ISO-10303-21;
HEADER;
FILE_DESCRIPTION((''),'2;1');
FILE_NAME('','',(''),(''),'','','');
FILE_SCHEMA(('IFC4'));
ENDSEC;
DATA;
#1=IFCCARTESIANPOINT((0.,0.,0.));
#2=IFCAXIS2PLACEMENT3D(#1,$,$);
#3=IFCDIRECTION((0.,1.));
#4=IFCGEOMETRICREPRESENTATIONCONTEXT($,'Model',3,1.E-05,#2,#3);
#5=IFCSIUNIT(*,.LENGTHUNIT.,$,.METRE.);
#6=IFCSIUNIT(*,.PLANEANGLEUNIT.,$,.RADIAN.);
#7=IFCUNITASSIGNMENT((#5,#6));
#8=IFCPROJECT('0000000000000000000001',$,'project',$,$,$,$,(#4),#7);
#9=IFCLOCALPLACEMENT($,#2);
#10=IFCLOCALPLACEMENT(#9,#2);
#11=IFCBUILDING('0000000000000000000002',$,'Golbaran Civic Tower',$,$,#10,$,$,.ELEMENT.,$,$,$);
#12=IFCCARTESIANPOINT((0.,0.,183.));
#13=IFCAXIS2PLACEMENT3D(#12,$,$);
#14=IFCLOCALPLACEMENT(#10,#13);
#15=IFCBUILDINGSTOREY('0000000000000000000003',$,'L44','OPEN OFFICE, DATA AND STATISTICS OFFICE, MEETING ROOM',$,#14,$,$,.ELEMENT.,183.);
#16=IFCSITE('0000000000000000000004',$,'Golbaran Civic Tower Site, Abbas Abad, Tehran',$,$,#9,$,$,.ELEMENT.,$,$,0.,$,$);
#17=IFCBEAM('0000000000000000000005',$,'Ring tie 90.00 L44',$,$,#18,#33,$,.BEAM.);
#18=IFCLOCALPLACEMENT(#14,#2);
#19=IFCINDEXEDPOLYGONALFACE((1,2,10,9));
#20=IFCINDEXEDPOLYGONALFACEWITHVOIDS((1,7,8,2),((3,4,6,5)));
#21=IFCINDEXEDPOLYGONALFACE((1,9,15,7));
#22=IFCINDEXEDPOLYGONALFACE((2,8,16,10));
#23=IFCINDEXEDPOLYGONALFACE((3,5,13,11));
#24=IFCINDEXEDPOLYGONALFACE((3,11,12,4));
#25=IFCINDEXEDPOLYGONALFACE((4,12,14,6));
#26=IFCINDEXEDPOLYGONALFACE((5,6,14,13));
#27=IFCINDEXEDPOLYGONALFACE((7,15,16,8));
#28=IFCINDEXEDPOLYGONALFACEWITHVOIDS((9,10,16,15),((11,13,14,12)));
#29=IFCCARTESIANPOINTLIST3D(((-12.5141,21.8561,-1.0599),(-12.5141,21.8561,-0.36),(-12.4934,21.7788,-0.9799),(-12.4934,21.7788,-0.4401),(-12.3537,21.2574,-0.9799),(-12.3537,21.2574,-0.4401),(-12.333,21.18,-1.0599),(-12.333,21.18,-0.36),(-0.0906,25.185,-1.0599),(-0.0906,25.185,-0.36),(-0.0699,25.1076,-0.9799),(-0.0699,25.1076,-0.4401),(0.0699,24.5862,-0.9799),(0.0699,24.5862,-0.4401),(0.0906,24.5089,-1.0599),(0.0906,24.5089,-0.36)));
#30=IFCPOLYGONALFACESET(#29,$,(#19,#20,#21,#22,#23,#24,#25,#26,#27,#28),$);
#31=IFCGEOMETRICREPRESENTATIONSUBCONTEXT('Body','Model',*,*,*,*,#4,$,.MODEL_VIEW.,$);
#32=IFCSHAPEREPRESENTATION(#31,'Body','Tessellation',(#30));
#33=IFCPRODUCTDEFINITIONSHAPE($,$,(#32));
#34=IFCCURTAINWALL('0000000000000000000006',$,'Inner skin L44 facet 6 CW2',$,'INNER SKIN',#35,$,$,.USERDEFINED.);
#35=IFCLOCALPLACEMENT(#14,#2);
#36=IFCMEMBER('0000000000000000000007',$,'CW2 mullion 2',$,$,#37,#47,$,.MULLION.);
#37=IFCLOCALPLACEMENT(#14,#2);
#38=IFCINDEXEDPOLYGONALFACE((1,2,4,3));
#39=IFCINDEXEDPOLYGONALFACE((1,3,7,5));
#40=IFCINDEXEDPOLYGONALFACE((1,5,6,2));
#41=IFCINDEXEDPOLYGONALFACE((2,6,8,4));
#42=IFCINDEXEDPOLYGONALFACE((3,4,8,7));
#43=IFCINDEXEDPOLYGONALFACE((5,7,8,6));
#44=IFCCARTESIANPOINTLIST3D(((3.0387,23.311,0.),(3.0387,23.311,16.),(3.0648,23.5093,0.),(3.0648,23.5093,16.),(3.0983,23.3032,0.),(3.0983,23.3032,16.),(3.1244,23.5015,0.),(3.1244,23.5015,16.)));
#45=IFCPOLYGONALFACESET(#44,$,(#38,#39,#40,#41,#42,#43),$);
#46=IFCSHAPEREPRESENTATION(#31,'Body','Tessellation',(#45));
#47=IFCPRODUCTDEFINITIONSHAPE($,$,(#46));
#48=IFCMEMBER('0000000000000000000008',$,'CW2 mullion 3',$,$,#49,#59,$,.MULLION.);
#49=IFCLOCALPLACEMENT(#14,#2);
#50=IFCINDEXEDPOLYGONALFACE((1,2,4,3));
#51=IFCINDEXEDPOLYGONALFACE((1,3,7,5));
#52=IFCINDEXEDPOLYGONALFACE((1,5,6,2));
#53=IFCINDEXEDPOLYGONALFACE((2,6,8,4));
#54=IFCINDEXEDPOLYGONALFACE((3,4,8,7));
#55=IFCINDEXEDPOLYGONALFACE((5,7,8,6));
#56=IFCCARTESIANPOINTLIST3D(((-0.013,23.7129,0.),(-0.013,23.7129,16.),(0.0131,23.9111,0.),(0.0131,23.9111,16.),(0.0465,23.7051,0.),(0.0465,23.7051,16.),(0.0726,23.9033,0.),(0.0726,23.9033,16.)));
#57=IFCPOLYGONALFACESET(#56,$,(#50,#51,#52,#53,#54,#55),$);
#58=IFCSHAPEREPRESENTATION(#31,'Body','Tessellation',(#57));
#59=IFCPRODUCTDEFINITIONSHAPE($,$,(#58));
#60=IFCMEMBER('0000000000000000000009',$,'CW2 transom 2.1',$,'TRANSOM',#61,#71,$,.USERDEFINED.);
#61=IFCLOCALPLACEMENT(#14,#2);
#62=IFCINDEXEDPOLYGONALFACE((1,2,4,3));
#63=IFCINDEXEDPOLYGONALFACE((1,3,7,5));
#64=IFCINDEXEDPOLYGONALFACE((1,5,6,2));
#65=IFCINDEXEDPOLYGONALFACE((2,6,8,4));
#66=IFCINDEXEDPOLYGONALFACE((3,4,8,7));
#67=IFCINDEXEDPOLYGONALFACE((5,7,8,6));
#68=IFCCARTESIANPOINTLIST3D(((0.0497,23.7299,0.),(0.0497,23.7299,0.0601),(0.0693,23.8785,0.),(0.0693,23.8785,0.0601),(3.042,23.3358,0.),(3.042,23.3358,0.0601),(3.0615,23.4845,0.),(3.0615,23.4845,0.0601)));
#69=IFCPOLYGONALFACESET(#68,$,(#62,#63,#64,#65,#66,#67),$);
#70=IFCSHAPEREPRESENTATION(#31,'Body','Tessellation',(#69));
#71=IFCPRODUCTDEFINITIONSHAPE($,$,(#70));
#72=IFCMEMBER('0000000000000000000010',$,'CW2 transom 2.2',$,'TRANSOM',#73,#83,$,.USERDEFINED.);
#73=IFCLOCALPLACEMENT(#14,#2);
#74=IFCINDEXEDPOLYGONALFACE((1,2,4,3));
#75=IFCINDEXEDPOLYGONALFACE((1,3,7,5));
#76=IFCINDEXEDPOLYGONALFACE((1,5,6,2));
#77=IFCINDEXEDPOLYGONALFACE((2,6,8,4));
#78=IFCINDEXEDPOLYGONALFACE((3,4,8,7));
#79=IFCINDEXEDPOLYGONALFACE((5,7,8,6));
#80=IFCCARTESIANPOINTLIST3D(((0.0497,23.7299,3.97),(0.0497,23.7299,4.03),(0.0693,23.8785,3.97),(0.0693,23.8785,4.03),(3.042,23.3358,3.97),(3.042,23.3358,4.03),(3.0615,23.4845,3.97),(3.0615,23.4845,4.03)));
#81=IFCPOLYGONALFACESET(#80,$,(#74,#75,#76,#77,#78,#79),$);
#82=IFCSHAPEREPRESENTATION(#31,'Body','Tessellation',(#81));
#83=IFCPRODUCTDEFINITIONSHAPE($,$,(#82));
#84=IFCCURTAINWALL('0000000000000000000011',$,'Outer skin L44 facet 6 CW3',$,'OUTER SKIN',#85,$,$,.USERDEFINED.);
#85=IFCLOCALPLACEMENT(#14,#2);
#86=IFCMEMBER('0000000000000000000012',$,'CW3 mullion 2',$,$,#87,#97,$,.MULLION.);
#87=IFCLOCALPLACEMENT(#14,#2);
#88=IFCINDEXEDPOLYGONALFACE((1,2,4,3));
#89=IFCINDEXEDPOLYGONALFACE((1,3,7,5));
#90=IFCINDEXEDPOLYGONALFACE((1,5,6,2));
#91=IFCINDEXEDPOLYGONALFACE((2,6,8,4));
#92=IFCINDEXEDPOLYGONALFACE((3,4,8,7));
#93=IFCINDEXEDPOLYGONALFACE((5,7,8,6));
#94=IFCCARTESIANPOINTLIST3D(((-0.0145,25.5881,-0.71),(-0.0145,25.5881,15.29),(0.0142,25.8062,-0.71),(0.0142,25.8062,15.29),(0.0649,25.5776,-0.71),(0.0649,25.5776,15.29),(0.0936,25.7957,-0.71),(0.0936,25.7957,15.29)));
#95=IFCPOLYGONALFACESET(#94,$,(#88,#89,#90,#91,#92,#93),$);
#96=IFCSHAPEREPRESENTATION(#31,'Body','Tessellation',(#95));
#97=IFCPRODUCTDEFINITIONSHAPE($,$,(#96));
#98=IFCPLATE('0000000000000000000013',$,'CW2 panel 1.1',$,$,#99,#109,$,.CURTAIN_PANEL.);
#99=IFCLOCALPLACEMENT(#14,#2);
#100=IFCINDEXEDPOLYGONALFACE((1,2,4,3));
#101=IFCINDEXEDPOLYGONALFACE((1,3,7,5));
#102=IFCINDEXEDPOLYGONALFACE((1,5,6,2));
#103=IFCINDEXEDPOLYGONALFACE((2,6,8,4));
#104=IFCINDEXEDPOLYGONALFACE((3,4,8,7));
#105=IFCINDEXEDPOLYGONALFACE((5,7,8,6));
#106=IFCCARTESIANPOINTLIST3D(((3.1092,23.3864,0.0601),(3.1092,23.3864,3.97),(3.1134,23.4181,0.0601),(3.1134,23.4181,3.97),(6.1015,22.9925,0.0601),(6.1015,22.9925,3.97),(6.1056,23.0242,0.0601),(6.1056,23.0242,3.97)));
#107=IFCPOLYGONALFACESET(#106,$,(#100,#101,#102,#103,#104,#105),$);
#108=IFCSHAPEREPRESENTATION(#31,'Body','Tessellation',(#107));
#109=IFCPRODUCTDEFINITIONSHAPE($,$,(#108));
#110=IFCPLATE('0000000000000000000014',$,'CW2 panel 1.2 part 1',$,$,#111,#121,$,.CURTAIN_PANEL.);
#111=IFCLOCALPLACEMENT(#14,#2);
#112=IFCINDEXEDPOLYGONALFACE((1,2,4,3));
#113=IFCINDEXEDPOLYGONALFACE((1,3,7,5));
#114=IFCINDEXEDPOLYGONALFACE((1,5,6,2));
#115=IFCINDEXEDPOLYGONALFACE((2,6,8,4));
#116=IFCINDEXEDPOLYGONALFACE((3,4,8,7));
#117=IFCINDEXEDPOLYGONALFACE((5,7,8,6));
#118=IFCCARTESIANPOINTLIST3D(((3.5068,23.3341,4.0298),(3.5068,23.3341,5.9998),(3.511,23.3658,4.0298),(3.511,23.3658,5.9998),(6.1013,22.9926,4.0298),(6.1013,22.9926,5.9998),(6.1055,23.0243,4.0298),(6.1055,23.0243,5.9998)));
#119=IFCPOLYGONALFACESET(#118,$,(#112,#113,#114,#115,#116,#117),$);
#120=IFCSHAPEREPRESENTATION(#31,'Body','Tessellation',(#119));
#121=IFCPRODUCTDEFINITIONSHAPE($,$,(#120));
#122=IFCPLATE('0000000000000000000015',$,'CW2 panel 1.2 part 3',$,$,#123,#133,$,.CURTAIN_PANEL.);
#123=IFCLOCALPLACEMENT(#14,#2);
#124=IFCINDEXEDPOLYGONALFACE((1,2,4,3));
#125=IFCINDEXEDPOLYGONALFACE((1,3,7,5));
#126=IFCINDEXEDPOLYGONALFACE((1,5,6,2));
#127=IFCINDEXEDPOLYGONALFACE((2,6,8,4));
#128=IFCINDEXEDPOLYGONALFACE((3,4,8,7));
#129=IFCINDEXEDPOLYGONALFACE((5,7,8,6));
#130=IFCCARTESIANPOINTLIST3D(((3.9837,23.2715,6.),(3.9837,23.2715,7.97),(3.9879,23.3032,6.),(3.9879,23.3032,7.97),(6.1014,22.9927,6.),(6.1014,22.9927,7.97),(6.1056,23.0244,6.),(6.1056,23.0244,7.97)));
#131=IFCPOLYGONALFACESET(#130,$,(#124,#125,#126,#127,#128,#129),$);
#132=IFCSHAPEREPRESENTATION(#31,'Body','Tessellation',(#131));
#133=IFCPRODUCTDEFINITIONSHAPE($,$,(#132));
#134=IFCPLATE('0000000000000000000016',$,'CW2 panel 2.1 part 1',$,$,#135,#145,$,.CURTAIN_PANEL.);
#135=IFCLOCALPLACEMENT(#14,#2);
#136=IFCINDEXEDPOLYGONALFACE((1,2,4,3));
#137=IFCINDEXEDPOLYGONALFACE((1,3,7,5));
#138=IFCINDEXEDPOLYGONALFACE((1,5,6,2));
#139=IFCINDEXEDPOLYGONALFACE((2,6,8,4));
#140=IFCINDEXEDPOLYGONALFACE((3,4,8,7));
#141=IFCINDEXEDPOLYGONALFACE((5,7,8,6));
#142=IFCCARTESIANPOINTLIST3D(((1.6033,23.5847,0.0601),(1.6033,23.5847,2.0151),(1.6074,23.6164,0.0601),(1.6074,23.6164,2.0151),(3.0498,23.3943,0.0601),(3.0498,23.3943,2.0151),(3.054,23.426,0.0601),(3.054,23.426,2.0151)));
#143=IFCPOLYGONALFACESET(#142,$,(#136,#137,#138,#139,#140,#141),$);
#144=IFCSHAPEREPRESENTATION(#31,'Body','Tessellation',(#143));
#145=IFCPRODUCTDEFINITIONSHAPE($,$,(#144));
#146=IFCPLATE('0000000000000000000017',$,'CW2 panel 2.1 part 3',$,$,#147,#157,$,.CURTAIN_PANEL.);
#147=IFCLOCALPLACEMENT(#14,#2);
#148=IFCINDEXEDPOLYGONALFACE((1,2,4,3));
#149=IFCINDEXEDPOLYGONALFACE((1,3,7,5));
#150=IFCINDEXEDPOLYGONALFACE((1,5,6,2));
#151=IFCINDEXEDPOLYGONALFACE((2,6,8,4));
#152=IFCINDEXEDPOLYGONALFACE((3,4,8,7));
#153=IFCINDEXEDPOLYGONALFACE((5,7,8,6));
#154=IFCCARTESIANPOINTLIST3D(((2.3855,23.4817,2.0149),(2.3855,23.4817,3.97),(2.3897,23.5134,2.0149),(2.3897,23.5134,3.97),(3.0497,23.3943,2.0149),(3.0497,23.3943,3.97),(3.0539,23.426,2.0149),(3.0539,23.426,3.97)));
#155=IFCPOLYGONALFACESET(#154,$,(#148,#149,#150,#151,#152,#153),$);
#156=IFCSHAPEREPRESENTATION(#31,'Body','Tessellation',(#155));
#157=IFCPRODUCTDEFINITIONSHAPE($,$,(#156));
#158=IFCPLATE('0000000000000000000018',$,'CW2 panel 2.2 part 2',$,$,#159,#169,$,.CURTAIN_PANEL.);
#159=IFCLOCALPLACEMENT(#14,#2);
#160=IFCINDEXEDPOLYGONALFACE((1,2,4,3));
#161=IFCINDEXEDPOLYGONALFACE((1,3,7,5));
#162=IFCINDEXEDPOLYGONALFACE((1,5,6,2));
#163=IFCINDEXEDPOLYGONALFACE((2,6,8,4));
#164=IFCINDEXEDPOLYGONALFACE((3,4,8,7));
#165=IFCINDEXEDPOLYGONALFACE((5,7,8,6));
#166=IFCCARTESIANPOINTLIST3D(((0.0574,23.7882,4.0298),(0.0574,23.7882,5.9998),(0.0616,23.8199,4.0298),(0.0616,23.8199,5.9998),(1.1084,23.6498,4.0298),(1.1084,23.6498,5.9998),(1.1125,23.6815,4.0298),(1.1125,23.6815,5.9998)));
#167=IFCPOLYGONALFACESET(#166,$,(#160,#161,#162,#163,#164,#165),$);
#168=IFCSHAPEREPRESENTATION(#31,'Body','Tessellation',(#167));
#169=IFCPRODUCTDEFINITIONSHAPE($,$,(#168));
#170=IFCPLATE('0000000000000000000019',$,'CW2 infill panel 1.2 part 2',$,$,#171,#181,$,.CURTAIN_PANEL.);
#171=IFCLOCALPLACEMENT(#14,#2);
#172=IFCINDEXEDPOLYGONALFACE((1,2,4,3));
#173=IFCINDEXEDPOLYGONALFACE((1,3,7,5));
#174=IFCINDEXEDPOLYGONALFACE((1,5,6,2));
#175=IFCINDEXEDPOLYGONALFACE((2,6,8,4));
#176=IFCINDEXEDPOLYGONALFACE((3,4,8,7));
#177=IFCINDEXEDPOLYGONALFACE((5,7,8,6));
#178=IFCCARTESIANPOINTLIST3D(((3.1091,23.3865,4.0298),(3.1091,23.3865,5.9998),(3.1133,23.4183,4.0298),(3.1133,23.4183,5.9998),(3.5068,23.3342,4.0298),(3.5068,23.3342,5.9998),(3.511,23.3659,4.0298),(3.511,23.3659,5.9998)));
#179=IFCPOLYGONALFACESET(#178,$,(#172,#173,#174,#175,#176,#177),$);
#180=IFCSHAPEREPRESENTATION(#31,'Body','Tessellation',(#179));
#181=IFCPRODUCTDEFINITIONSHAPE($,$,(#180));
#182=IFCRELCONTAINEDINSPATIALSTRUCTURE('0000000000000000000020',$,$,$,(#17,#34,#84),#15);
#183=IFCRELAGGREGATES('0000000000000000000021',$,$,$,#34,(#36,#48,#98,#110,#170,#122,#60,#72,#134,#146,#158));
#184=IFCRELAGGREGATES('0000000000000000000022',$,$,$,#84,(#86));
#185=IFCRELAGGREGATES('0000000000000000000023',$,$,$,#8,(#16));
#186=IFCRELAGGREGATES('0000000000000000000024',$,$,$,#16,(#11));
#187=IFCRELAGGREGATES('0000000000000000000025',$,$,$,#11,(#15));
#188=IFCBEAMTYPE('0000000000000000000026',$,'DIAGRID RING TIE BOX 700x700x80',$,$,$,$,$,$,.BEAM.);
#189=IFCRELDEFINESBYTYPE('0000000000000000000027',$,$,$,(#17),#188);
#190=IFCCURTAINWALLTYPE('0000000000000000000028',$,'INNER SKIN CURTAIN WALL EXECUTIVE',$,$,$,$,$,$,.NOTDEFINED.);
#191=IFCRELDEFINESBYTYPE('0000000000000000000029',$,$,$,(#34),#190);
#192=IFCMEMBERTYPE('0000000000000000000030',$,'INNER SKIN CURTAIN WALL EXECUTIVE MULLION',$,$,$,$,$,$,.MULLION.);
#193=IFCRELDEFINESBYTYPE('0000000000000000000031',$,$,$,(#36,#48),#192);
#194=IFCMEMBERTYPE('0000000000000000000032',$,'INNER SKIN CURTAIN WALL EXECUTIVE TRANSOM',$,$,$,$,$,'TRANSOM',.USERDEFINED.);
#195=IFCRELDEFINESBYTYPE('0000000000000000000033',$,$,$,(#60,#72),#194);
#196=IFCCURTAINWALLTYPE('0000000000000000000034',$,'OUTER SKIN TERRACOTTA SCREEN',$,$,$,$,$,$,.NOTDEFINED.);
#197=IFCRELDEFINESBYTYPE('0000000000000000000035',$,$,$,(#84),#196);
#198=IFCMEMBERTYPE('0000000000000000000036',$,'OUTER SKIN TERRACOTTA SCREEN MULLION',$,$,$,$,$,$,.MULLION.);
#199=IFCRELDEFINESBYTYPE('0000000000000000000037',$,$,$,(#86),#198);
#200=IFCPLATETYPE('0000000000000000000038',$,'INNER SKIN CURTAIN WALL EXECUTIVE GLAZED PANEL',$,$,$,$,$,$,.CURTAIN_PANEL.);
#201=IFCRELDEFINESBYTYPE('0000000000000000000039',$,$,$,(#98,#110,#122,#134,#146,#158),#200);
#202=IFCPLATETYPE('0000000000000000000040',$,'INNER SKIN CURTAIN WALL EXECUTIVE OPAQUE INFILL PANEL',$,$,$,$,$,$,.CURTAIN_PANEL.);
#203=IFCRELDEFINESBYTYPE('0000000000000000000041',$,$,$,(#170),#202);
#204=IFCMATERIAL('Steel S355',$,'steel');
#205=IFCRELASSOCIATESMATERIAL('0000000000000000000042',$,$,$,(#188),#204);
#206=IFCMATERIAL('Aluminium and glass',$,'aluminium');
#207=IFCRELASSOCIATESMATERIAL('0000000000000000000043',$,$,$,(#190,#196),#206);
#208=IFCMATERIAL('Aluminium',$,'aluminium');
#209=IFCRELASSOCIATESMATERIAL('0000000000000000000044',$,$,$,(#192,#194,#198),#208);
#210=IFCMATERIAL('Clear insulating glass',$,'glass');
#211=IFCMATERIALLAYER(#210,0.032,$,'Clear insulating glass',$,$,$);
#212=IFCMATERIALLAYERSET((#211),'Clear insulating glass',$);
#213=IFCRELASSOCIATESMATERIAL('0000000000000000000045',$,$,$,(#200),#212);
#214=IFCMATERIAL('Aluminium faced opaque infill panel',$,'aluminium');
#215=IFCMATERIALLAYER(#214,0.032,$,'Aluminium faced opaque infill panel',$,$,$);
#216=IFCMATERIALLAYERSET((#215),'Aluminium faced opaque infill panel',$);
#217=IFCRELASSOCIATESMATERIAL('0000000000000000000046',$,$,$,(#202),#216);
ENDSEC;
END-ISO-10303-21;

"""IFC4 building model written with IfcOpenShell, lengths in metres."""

from ifc_helpers import new_model, si_unit, direction, frame, origin, origin_2d, place, context, subcontext, project, spatial, rectangle, hollow_rectangle, extrude, material, layer, layer_set, material_profile, profile_set, type_object, element, aggregate, save


model = new_model("IFC4")

# Units and contexts
model_context = context("Model", 3, precision=1e-05, world=origin(), true_north=direction((0.0, 1.0)))
body_context = subcontext(model_context, "Body", "Model", "MODEL_VIEW")
ifc_project = project(units=[si_unit("LENGTHUNIT", "METRE"), si_unit("PLANEANGLEUNIT", "RADIAN")], contexts=[model_context])

# Site, building, storey
site_placement = place(None, origin())
site = spatial("IfcSite", under=ifc_project, at=site_placement, Name="Golbaran Civic Tower Site, Abbas Abad, Tehran", CompositionType="ELEMENT", RefElevation=0.0)
building_placement = place(site_placement, origin())
building = spatial("IfcBuilding", under=site, at=building_placement, Name="Golbaran Civic Tower", CompositionType="ELEMENT")
storey_placement = place(building_placement, frame((0.0, 0.0, 183.0)))
storey = spatial("IfcBuildingStorey", under=building, at=storey_placement, Name="L44", Description="OPEN OFFICE, DATA AND STATISTICS OFFICE, MEETING ROOM", CompositionType="ELEMENT", Elevation=183.0)

# Beam
ifc_material_1 = material(Name="Steel S355", Category="steel")
ifc_material_profile_1 = material_profile(ifc_material_1, hollow_rectangle(XDim=0.7, YDim=0.7, WallThickness=0.0801, at=origin_2d()), Name="BOX 700x700x80")
ifc_profile_set_1 = profile_set([ifc_material_profile_1], Name="Steel S355")
beam_type = type_object("IfcBeamType", Name="DIAGRID RING TIE BOX 700x700x80", PredefinedType="BEAM", material=ifc_profile_set_1)
beam_placement = place(storey_placement, frame((0.0, 24.8469, -0.71), z_axis=(-0.965926, -0.258817, 0.0), x_axis=(0.258817, -0.965926, 0.0)))
element("IfcBeam", 1, at=beam_placement, inside=storey, type_object=beam_type, Name="Ring tie 90.00 L44", PredefinedType="BEAM", context=body_context, shape_type="SweptSolid", body=[
    extrude(hollow_rectangle(XDim=0.7, YDim=0.7, WallThickness=0.0801, at=origin_2d()), origin(), (0.0, 0.0, 1.0), 12.8618),
])

# Curtain wall, members
ifc_material_2 = material(Name="Aluminium and glass", Category="aluminium")
curtain_wall_type_1 = type_object("IfcCurtainWallType", Name="INNER SKIN CURTAIN WALL EXECUTIVE", PredefinedType="NOTDEFINED", material=ifc_material_2)
curtain_wall_1_placement = place(storey_placement, origin())
curtain_wall_1 = element("IfcCurtainWall", 2, at=curtain_wall_1_placement, inside=storey, type_object=curtain_wall_type_1, Name="Inner skin L44 facet 6 CW2", ObjectType="INNER SKIN", PredefinedType="USERDEFINED")
ifc_material_3 = material(Name="Aluminium", Category="aluminium")
ifc_material_profile_2 = material_profile(ifc_material_3, rectangle(XDim=0.2, YDim=0.0601, at=origin_2d()), Name="INNER SKIN CURTAIN WALL EXECUTIVE MULLION")
ifc_profile_set_2 = profile_set([ifc_material_profile_2], Name="Aluminium")
member_type_1 = type_object("IfcMemberType", Name="INNER SKIN CURTAIN WALL EXECUTIVE MULLION", PredefinedType="MULLION", material=ifc_profile_set_2)
member_1_placement = place(storey_placement, frame((3.0815, 23.4062, 0.0), z_axis=(0.0, 0.0, 1.0), x_axis=(-0.130526, -0.991445, 0.0)))
member_1 = element("IfcMember", 3, at=member_1_placement, type_object=member_type_1, Name="CW2 mullion 2", PredefinedType="MULLION", context=body_context, shape_type="SweptSolid", body=[
    extrude(rectangle(XDim=0.2, YDim=0.0601, at=origin_2d()), origin(), (0.0, 0.0, 1.0), 16.0),
])
member_2_placement = place(storey_placement, frame((0.0298, 23.8081, 0.0), z_axis=(0.0, 0.0, 1.0), x_axis=(-0.130526, -0.991445, 0.0)))
member_2 = element("IfcMember", 4, at=member_2_placement, type_object=member_type_1, Name="CW2 mullion 3", PredefinedType="MULLION", context=body_context, shape_type="SweptSolid", body=[
    extrude(rectangle(XDim=0.2, YDim=0.0601, at=origin_2d()), origin(), (0.0, 0.0, 1.0), 16.0),
])
ifc_material_profile_3 = material_profile(ifc_material_3, rectangle(XDim=0.1499, YDim=0.0601, at=origin_2d()), Name="INNER SKIN CURTAIN WALL EXECUTIVE TRANSOM")
ifc_profile_set_3 = profile_set([ifc_material_profile_3], Name="Aluminium")
member_type_2 = type_object("IfcMemberType", Name="INNER SKIN CURTAIN WALL EXECUTIVE TRANSOM", ElementType="TRANSOM", PredefinedType="USERDEFINED", material=ifc_profile_set_3)
member_3_placement = place(storey_placement, frame((3.0518, 23.4102, 0.03), z_axis=(-0.99144, 0.130563, 0.0), x_axis=(-0.130563, -0.99144, 0.0)))
member_3 = element("IfcMember", 5, at=member_3_placement, type_object=member_type_2, Name="CW2 transom 2.1", ObjectType="TRANSOM", PredefinedType="USERDEFINED", context=body_context, shape_type="SweptSolid", body=[
    extrude(rectangle(XDim=0.1499, YDim=0.0601, at=origin_2d()), origin(), (0.0, 0.0, 1.0), 3.0181),
])
member_4_placement = place(storey_placement, frame((3.0518, 23.4102, 4.0), z_axis=(-0.99144, 0.130563, 0.0), x_axis=(-0.130563, -0.99144, 0.0)))
member_4 = element("IfcMember", 6, at=member_4_placement, type_object=member_type_2, Name="CW2 transom 2.2", ObjectType="TRANSOM", PredefinedType="USERDEFINED", context=body_context, shape_type="SweptSolid", body=[
    extrude(rectangle(XDim=0.1499, YDim=0.0601, at=origin_2d()), origin(), (0.0, 0.0, 1.0), 3.0181),
])

# Curtain wall, member
curtain_wall_type_2 = type_object("IfcCurtainWallType", Name="OUTER SKIN TERRACOTTA SCREEN", PredefinedType="NOTDEFINED", material=ifc_material_2)
curtain_wall_2_placement = place(storey_placement, origin())
curtain_wall_2 = element("IfcCurtainWall", 7, at=curtain_wall_2_placement, inside=storey, type_object=curtain_wall_type_2, Name="Outer skin L44 facet 6 CW3", ObjectType="OUTER SKIN", PredefinedType="USERDEFINED")
ifc_material_profile_4 = material_profile(ifc_material_3, rectangle(XDim=0.22, YDim=0.0801, at=origin_2d()), Name="OUTER SKIN TERRACOTTA SCREEN MULLION")
ifc_profile_set_4 = profile_set([ifc_material_profile_4], Name="Aluminium")
member_type_3 = type_object("IfcMemberType", Name="OUTER SKIN TERRACOTTA SCREEN MULLION", PredefinedType="MULLION", material=ifc_profile_set_4)
member_5_placement = place(storey_placement, frame((0.0396, 25.6919, -0.71), z_axis=(0.0, 0.0, 1.0), x_axis=(-0.130526, -0.991445, 0.0)))
member_5 = element("IfcMember", 8, at=member_5_placement, type_object=member_type_3, Name="CW3 mullion 2", PredefinedType="MULLION", context=body_context, shape_type="SweptSolid", body=[
    extrude(rectangle(XDim=0.22, YDim=0.0801, at=origin_2d()), origin(), (0.0, 0.0, 1.0), 16.0),
])

# Plates
ifc_material_4 = material(Name="Clear insulating glass", Category="glass")
ifc_layer_1 = layer(ifc_material_4, 0.032, Name="Clear insulating glass")
ifc_layer_set_1 = layer_set([ifc_layer_1], Name="Clear insulating glass")
plate_type_1 = type_object("IfcPlateType", Name="INNER SKIN CURTAIN WALL EXECUTIVE GLAZED PANEL", PredefinedType="CURTAIN_PANEL", material=ifc_layer_set_1)
plate_1_placement = place(storey_placement, frame((4.6074, 23.2053, 0.0601), z_axis=(0.0, 0.0, 1.0), x_axis=(-0.991445, 0.130526, 0.0)))
plate_1 = element("IfcPlate", 9, at=plate_1_placement, type_object=plate_type_1, Name="CW2 panel 1.1", PredefinedType="CURTAIN_PANEL", context=body_context, shape_type="SweptSolid", body=[
    extrude(rectangle(XDim=3.0181, YDim=0.032, at=origin_2d()), origin(), (0.0, 0.0, 1.0), 3.9099),
])
plate_2_placement = place(storey_placement, frame((4.8062, 23.1792, 4.0298), z_axis=(0.0, 0.0, 1.0), x_axis=(-0.991445, 0.130526, 0.0)))
plate_2 = element("IfcPlate", 10, at=plate_2_placement, type_object=plate_type_1, Name="CW2 panel 1.2 part 1", PredefinedType="CURTAIN_PANEL", context=body_context, shape_type="SweptSolid", body=[
    extrude(rectangle(XDim=2.6169, YDim=0.032, at=origin_2d()), origin(), (0.0, 0.0, 1.0), 1.97),
])
plate_3_placement = place(storey_placement, frame((5.0447, 23.1479, 6.0), z_axis=(0.0, 0.0, 1.0), x_axis=(-0.991445, 0.130526, 0.0)))
plate_3 = element("IfcPlate", 11, at=plate_3_placement, type_object=plate_type_1, Name="CW2 panel 1.2 part 3", PredefinedType="CURTAIN_PANEL", context=body_context, shape_type="SweptSolid", body=[
    extrude(rectangle(XDim=2.136, YDim=0.032, at=origin_2d()), origin(), (0.0, 0.0, 1.0), 1.97),
])
plate_4_placement = place(storey_placement, frame((2.3286, 23.5054, 0.0601), z_axis=(0.0, 0.0, 1.0), x_axis=(-0.991445, 0.130526, 0.0)))
plate_4 = element("IfcPlate", 12, at=plate_4_placement, type_object=plate_type_1, Name="CW2 panel 2.1 part 1", PredefinedType="CURTAIN_PANEL", context=body_context, shape_type="SweptSolid", body=[
    extrude(rectangle(XDim=1.459, YDim=0.032, at=origin_2d()), origin(), (0.0, 0.0, 1.0), 1.9551),
])
plate_5_placement = place(storey_placement, frame((2.7197, 23.4539, 2.0149), z_axis=(0.0, 0.0, 1.0), x_axis=(-0.991445, 0.130526, 0.0)))
plate_5 = element("IfcPlate", 13, at=plate_5_placement, type_object=plate_type_1, Name="CW2 panel 2.1 part 3", PredefinedType="CURTAIN_PANEL", context=body_context, shape_type="SweptSolid", body=[
    extrude(rectangle(XDim=0.6699, YDim=0.032, at=origin_2d()), origin(), (0.0, 0.0, 1.0), 1.9551),
])
plate_6_placement = place(storey_placement, frame((0.585, 23.7349, 4.0298), z_axis=(0.0, 0.0, 1.0), x_axis=(-0.991445, 0.130526, 0.0)))
plate_6 = element("IfcPlate", 14, at=plate_6_placement, type_object=plate_type_1, Name="CW2 panel 2.2 part 2", PredefinedType="CURTAIN_PANEL", context=body_context, shape_type="SweptSolid", body=[
    extrude(rectangle(XDim=1.0601, YDim=0.032, at=origin_2d()), origin(), (0.0, 0.0, 1.0), 1.97),
])
ifc_material_5 = material(Name="Aluminium faced opaque infill panel", Category="aluminium")
ifc_layer_2 = layer(ifc_material_5, 0.032, Name="Aluminium faced opaque infill panel")
ifc_layer_set_2 = layer_set([ifc_layer_2], Name="Aluminium faced opaque infill panel")
plate_type_2 = type_object("IfcPlateType", Name="INNER SKIN CURTAIN WALL EXECUTIVE OPAQUE INFILL PANEL", PredefinedType="CURTAIN_PANEL", material=ifc_layer_set_2)
plate_7_placement = place(storey_placement, frame((3.3101, 23.3762, 4.0298), z_axis=(0.0, 0.0, 1.0), x_axis=(-0.991445, 0.130526, 0.0)))
plate_7 = element("IfcPlate", 15, at=plate_7_placement, type_object=plate_type_2, Name="CW2 infill panel 1.2 part 2", PredefinedType="CURTAIN_PANEL", context=body_context, shape_type="SweptSolid", body=[
    extrude(rectangle(XDim=0.4011, YDim=0.032, at=origin_2d()), origin(), (0.0, 0.0, 1.0), 1.97),
])
aggregate(curtain_wall_1, [member_1, member_2, plate_1, plate_2, plate_7, plate_3, member_3, member_4, plate_4, plate_5, plate_6])
aggregate(curtain_wall_2, [member_5])

save(model, "model.ifc")
